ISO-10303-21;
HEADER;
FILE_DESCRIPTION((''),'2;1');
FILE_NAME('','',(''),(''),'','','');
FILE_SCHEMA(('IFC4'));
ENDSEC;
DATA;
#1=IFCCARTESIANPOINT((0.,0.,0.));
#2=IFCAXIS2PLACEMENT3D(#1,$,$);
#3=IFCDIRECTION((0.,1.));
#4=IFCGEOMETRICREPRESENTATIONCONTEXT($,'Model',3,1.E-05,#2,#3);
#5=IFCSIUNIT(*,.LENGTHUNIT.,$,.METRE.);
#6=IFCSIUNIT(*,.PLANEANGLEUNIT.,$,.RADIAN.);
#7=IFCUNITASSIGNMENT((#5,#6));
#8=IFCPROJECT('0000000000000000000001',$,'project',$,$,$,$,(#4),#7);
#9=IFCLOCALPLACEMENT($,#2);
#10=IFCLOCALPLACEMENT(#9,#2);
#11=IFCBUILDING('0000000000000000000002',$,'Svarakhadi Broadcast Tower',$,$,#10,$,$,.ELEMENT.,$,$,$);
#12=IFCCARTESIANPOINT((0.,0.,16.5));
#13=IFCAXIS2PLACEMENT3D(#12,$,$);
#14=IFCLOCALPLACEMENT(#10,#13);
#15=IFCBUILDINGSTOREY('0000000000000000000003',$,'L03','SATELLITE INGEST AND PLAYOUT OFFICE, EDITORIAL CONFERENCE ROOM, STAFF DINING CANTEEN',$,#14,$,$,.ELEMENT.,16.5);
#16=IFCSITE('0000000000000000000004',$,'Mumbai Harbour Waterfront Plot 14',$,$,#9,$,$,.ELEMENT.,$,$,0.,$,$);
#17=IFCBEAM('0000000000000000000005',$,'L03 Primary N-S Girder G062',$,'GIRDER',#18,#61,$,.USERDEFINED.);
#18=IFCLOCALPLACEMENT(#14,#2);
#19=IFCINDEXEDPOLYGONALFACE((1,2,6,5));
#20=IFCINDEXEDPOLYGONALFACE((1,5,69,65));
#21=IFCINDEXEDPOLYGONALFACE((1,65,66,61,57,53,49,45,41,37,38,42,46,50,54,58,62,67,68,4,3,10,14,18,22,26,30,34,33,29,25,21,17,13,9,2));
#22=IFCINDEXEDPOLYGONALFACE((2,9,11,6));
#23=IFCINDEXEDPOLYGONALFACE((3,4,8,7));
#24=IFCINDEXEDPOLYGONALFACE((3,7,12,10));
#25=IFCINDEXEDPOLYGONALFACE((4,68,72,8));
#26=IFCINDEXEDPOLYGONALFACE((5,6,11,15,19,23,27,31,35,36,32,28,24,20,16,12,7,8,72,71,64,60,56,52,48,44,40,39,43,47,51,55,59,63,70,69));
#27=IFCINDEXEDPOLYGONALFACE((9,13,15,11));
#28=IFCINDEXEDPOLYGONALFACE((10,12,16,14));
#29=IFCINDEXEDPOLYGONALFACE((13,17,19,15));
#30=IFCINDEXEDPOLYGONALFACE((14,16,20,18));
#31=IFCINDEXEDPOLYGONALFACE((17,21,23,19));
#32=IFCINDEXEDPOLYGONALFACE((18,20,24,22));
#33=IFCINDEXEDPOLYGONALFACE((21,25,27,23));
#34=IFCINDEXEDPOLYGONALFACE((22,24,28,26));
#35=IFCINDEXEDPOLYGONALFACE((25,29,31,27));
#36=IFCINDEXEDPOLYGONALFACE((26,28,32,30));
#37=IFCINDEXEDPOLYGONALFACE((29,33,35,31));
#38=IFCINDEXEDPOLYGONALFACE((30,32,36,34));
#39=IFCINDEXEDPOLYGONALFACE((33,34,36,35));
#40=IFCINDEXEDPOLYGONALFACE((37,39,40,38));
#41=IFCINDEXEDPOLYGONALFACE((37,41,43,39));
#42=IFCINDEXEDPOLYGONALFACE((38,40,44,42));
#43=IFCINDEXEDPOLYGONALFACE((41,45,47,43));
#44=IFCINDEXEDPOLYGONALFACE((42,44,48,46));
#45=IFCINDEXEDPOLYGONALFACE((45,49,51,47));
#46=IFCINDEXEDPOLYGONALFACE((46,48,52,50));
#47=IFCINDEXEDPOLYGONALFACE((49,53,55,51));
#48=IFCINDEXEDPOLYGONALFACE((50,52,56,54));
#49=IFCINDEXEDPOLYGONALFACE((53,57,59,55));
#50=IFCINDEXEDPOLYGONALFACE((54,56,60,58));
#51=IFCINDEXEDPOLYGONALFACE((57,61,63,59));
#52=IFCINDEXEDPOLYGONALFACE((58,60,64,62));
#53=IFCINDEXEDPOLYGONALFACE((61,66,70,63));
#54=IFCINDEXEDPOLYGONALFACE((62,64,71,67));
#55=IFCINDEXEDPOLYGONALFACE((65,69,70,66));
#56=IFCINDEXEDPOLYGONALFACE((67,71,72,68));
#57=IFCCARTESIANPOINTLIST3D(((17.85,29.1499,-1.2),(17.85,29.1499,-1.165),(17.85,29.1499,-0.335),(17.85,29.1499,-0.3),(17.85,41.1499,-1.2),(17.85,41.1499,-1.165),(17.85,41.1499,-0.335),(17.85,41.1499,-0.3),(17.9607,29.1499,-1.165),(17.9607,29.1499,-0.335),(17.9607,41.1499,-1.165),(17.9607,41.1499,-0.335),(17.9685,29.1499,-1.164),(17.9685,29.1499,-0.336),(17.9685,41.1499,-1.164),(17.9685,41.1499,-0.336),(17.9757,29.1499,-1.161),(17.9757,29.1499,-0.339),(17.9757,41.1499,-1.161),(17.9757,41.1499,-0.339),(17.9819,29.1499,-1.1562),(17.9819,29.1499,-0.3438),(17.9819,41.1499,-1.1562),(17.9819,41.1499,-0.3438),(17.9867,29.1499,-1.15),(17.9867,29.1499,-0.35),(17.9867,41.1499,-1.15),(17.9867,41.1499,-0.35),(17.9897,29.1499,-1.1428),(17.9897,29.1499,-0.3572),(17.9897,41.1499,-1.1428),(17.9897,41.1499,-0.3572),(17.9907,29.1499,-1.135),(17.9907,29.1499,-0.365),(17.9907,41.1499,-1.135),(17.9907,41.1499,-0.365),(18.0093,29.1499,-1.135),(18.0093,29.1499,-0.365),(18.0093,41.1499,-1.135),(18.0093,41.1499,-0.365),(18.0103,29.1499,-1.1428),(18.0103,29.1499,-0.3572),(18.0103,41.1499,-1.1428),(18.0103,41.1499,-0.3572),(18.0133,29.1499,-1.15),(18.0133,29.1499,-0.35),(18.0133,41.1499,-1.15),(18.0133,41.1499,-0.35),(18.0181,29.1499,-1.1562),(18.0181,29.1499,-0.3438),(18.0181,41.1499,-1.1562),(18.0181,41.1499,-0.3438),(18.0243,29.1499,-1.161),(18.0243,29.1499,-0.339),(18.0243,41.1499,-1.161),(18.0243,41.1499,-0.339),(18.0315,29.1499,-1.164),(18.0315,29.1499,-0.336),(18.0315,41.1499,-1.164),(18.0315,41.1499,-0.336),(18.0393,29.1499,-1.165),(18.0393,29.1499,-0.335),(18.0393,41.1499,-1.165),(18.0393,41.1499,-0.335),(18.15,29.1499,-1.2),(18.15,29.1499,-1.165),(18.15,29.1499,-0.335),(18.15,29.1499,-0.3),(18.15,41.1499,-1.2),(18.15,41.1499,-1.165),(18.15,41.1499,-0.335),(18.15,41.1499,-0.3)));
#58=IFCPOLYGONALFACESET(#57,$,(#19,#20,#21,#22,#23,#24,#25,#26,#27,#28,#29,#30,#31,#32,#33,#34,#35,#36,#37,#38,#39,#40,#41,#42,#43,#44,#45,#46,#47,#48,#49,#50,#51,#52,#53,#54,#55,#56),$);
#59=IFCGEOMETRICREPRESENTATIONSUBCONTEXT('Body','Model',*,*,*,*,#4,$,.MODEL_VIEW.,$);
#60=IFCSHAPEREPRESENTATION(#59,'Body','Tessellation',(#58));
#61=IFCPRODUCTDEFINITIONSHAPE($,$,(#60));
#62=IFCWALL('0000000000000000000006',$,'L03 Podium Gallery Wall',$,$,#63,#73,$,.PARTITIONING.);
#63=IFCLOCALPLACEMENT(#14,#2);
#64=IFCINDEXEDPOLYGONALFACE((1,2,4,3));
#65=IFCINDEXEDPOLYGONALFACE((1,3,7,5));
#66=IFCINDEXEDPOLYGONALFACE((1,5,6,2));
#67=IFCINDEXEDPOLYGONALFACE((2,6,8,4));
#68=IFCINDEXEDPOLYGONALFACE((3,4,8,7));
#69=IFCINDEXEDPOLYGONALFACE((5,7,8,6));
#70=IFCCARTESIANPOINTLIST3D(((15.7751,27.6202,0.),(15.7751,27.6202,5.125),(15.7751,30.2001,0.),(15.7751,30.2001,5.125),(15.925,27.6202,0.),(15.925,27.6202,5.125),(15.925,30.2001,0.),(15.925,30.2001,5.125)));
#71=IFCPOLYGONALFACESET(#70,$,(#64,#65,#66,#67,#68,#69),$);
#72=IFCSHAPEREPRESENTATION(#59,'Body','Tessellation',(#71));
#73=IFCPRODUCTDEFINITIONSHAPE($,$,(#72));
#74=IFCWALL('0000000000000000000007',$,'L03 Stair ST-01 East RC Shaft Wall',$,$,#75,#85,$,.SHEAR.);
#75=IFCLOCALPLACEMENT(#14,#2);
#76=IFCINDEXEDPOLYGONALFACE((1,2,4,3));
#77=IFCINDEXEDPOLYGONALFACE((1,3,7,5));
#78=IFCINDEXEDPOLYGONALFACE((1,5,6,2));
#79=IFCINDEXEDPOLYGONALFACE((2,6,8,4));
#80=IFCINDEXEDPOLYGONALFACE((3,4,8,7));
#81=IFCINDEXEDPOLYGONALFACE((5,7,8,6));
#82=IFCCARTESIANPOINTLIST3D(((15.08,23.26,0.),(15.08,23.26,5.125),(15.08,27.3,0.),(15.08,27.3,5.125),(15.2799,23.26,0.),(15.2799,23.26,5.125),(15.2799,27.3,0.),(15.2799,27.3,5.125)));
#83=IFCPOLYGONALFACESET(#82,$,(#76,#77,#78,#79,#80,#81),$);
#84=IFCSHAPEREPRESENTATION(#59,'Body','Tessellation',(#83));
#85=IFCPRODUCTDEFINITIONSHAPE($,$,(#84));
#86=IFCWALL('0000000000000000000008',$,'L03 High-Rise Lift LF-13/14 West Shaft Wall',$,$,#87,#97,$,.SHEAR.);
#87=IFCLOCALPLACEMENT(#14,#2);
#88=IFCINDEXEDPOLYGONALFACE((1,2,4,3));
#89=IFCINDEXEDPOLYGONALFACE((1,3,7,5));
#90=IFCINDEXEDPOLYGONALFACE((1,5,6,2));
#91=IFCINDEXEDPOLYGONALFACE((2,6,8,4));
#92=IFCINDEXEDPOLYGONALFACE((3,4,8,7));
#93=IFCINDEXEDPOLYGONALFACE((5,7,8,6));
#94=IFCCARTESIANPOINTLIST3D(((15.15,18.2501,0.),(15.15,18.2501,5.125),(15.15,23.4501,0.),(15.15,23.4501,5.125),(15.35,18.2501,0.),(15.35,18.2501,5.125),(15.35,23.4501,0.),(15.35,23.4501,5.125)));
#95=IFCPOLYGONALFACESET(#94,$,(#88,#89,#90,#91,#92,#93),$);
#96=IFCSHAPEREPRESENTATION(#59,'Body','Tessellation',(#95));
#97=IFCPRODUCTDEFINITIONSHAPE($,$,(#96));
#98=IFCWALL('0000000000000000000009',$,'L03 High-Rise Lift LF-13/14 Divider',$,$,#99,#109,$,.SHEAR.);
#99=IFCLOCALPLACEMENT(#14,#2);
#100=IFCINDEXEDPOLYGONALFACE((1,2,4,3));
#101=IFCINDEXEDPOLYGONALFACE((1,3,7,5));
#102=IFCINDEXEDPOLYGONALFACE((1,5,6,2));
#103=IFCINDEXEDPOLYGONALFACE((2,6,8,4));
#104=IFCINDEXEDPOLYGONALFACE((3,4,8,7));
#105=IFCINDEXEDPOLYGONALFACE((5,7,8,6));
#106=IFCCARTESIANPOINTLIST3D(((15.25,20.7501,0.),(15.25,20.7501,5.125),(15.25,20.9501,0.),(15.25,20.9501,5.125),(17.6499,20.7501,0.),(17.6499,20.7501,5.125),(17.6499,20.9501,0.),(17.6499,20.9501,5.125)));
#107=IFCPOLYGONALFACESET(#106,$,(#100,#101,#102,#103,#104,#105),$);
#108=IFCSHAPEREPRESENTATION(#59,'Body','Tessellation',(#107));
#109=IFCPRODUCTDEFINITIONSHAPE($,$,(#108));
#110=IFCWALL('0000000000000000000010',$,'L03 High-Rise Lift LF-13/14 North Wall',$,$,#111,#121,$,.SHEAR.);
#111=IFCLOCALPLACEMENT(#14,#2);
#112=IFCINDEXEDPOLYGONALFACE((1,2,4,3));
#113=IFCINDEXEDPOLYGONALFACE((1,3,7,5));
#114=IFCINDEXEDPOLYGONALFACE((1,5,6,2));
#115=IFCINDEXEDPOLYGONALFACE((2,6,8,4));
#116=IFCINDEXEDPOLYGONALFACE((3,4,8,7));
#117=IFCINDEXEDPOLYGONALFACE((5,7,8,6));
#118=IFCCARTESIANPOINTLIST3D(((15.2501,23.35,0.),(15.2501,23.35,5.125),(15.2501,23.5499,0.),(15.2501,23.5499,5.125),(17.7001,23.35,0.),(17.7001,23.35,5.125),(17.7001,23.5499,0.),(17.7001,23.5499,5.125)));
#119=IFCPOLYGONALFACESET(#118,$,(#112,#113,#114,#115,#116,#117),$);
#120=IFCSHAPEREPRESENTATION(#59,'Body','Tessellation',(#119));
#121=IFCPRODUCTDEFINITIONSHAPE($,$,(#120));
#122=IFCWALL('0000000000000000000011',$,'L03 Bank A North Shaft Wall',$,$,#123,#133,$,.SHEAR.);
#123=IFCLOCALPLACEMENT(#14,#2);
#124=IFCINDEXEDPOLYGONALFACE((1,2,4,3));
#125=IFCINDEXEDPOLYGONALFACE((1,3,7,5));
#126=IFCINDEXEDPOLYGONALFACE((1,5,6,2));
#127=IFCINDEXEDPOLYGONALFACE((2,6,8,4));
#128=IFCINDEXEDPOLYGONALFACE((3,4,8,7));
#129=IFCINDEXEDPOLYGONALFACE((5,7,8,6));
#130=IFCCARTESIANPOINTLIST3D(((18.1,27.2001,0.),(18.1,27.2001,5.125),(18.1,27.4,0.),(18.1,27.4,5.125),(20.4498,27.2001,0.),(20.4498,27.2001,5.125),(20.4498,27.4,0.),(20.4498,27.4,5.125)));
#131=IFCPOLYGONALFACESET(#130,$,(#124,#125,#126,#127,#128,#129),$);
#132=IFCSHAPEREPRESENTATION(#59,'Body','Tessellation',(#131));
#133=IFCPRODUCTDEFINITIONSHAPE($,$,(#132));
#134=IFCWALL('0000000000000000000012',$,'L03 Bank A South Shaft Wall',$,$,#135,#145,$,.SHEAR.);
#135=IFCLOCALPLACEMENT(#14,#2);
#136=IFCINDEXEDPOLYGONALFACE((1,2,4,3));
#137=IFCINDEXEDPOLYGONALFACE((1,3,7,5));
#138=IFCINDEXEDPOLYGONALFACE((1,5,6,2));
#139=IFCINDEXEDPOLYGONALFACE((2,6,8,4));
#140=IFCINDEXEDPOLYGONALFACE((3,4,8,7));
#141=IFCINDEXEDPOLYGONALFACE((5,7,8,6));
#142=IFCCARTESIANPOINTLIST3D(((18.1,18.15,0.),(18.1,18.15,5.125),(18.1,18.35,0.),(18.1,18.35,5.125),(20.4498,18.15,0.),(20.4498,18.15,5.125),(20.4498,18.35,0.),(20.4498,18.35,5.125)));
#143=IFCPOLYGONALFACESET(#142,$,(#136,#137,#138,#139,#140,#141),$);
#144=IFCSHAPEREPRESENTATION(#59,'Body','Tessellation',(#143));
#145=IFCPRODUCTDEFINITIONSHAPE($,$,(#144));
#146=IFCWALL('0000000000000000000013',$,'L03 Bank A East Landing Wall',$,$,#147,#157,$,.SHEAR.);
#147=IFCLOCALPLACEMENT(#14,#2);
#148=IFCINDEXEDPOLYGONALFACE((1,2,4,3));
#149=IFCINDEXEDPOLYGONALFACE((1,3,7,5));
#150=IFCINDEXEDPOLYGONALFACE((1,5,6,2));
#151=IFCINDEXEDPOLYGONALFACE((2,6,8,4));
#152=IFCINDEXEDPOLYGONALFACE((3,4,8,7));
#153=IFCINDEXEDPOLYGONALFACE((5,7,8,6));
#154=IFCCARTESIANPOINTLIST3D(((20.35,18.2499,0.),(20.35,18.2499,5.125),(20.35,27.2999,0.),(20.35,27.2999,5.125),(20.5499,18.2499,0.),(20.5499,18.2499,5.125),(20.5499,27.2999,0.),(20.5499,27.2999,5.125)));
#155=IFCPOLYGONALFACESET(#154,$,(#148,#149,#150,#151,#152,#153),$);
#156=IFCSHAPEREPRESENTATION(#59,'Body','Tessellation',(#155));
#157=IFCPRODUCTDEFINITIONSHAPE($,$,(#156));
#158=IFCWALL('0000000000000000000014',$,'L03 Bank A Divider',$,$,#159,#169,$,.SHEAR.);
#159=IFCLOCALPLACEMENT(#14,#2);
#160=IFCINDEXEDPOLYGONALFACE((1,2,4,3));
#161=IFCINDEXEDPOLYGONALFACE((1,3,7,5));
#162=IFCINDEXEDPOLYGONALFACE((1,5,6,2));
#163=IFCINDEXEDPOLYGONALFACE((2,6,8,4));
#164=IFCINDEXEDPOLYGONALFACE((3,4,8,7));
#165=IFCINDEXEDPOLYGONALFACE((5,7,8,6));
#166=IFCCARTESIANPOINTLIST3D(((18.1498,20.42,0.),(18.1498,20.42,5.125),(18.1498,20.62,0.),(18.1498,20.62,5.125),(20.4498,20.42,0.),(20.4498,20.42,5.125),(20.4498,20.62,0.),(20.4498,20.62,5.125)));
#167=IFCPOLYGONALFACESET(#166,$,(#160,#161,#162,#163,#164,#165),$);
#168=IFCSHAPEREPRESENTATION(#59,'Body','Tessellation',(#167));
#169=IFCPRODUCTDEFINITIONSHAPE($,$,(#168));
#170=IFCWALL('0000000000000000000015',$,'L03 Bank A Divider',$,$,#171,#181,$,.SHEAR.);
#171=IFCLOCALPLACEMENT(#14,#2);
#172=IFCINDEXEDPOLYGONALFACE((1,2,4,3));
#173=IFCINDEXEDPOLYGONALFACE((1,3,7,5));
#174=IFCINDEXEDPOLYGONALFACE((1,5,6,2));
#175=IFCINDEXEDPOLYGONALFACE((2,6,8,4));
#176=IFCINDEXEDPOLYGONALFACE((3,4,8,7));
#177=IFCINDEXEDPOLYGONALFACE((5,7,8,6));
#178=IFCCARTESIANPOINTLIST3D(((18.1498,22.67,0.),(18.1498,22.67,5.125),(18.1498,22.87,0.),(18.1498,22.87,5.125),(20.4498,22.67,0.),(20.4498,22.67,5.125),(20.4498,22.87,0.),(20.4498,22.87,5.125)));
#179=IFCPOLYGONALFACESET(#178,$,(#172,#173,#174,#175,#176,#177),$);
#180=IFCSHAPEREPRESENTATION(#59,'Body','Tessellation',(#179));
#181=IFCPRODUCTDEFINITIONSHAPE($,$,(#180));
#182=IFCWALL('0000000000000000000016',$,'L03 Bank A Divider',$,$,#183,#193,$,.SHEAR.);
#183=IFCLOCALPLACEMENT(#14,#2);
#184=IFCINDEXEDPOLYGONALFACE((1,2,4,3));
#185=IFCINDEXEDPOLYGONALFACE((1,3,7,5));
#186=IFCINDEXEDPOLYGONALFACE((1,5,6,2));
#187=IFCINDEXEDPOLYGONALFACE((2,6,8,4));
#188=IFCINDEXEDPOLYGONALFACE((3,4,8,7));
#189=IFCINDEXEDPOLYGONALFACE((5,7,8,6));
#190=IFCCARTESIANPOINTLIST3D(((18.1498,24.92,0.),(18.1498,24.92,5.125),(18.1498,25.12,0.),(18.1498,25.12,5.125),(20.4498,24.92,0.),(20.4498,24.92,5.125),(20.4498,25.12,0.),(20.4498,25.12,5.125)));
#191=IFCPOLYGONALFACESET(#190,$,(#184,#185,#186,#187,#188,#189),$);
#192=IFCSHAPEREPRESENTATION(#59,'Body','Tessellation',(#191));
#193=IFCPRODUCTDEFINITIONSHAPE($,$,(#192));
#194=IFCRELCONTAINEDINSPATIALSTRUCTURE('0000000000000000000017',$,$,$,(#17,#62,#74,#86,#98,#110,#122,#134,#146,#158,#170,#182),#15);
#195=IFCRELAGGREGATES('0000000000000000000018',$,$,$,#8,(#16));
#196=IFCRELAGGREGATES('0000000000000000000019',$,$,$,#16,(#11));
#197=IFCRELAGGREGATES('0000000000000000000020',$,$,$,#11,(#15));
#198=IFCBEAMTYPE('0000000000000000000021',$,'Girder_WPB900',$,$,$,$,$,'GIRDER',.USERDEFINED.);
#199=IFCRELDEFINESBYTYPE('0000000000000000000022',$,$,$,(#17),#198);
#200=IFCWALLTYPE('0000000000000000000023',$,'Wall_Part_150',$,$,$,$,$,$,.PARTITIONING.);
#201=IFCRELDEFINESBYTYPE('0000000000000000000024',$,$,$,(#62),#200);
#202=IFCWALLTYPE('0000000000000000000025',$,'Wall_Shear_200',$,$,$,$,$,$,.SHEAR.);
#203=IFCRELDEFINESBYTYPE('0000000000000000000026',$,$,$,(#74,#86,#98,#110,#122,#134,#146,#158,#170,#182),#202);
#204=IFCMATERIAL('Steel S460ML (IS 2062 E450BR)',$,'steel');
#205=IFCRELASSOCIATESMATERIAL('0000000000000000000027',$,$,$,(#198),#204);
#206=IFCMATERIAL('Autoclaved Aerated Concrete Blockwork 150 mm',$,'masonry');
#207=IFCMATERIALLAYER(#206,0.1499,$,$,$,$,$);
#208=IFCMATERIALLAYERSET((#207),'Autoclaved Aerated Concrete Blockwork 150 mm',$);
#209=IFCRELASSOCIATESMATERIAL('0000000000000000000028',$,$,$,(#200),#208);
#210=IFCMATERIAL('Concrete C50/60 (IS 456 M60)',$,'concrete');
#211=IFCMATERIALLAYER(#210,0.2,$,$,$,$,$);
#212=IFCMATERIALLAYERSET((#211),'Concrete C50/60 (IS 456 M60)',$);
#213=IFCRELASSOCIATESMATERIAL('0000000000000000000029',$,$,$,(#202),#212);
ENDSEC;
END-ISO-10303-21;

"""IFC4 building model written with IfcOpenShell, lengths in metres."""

from ifc_helpers import new_model, si_unit, direction, frame, frame_2d, origin, origin_2d, place, context, subcontext, project, spatial, rectangle, i_section, extrude, material, layer, layer_set, material_profile, profile_set, type_object, element, save


model = new_model("IFC4")

# Units and contexts
model_context = context("Model", 3, precision=1e-05, world=origin(), true_north=direction((0.0, 1.0)))
body_context = subcontext(model_context, "Body", "Model", "MODEL_VIEW")
ifc_project = project(units=[si_unit("LENGTHUNIT", "METRE"), si_unit("PLANEANGLEUNIT", "RADIAN")], contexts=[model_context])

# Site, building, storey
site_placement = place(None, origin())
site = spatial("IfcSite", under=ifc_project, at=site_placement, Name="Mumbai Harbour Waterfront Plot 14", CompositionType="ELEMENT", RefElevation=0.0)
building_placement = place(site_placement, origin())
building = spatial("IfcBuilding", under=site, at=building_placement, Name="Svarakhadi Broadcast Tower", CompositionType="ELEMENT")
storey_placement = place(building_placement, frame((0.0, 0.0, 16.5)))
storey = spatial("IfcBuildingStorey", under=building, at=storey_placement, Name="L03", Description="SATELLITE INGEST AND PLAYOUT OFFICE, EDITORIAL CONFERENCE ROOM, STAFF DINING CANTEEN", CompositionType="ELEMENT", Elevation=16.5)

# Shared definitions
ifc_material_1 = material(Name="Steel S460ML (IS 2062 E450BR)", Category="steel")

# Beam
ifc_material_profile_1 = material_profile(ifc_material_1, i_section(OverallWidth=0.3, OverallDepth=0.8999, WebThickness=0.0186, FlangeThickness=0.0349, FilletRadius=0.03, at=origin_2d()), Name="WPB 900x300x291")
ifc_profile_set_1 = profile_set([ifc_material_profile_1], Name="Steel S460ML (IS 2062 E450BR)")
beam_type_1 = type_object("IfcBeamType", Name="Girder_WPB900", ElementType="GIRDER", PredefinedType="USERDEFINED", material=ifc_profile_set_1)
beam_1_placement = place(storey_placement, frame((18.0, 29.1499, -0.75), z_axis=(0.0, 1.0, 0.0), x_axis=(-1.0, 0.0, 0.0)))
element("IfcBeam", 1, at=beam_1_placement, inside=storey, type_object=beam_type_1, Name="L03 Primary N-S Girder G062", ObjectType="GIRDER", PredefinedType="USERDEFINED", context=body_context, shape_type="SweptSolid", body=[
    extrude(i_section(OverallWidth=0.3, OverallDepth=0.8999, WebThickness=0.0186, FlangeThickness=0.0349, FilletRadius=0.03, at=origin_2d()), origin(), (0.0, 0.0, 1.0), 12.0),
])

# Shared definitions
ifc_material_2 = material(Name="Autoclaved Aerated Concrete Blockwork 150 mm", Category="masonry")
ifc_layer_1 = layer(ifc_material_2, 0.1499)
ifc_layer_set_1 = layer_set([ifc_layer_1], Name="Autoclaved Aerated Concrete Blockwork 150 mm")
wall_type_1 = type_object("IfcWallType", Name="Wall_Part_150", PredefinedType="PARTITIONING", material=ifc_layer_set_1)

# Walls
wall_1_placement = place(storey_placement, frame((15.8501, 27.6201, 0.0), z_axis=(0.0, 0.0, 1.0), x_axis=(0.0, 1.0, 0.0)))
element("IfcWall", 2, at=wall_1_placement, inside=storey, type_object=wall_type_1, Name="L03 Podium Gallery Wall", PredefinedType="PARTITIONING", context=body_context, shape_type="SweptSolid", body=[
    extrude(rectangle(XDim=2.5798, YDim=0.1499, at=frame_2d((1.29, 0.0))), origin(), (0.0, 0.0, 1.0), 5.125),
])
ifc_material_3 = material(Name="Concrete C50/60 (IS 456 M60)", Category="concrete")
ifc_layer_2 = layer(ifc_material_3, 0.2)
ifc_layer_set_2 = layer_set([ifc_layer_2], Name="Concrete C50/60 (IS 456 M60)")
wall_type_2 = type_object("IfcWallType", Name="Wall_Shear_200", PredefinedType="SHEAR", material=ifc_layer_set_2)
wall_2_placement = place(storey_placement, frame((15.1799, 23.26, 0.0), z_axis=(0.0, 0.0, 1.0), x_axis=(0.0, 1.0, 0.0)))
element("IfcWall", 3, at=wall_2_placement, inside=storey, type_object=wall_type_2, Name="L03 Stair ST-01 East RC Shaft Wall", PredefinedType="SHEAR", context=body_context, shape_type="SweptSolid", body=[
    extrude(rectangle(XDim=4.04, YDim=0.2, at=frame_2d((2.02, 0.0))), origin(), (0.0, 0.0, 1.0), 5.125),
])
wall_3_placement = place(storey_placement, frame((15.25, 18.25, 0.0), z_axis=(0.0, 0.0, 1.0), x_axis=(0.0, 1.0, 0.0)))
element("IfcWall", 4, at=wall_3_placement, inside=storey, type_object=wall_type_2, Name="L03 High-Rise Lift LF-13/14 West Shaft Wall", PredefinedType="SHEAR", context=body_context, shape_type="SweptSolid", body=[
    extrude(rectangle(XDim=5.2, YDim=0.2, at=frame_2d((2.6001, 0.0))), origin(), (0.0, 0.0, 1.0), 5.125),
])
wall_4_placement = place(storey_placement, frame((15.25, 20.8501, 0.0), z_axis=(0.0, 0.0, 1.0), x_axis=(1.0, 0.0, 0.0)))
element("IfcWall", 5, at=wall_4_placement, inside=storey, type_object=wall_type_2, Name="L03 High-Rise Lift LF-13/14 Divider", PredefinedType="SHEAR", context=body_context, shape_type="SweptSolid", body=[
    extrude(rectangle(XDim=2.3999, YDim=0.2, at=frame_2d((1.2, 0.0))), origin(), (0.0, 0.0, 1.0), 5.125),
])
wall_5_placement = place(storey_placement, frame((15.25, 23.45, 0.0), z_axis=(0.0, 0.0, 1.0), x_axis=(1.0, 0.0, 0.0)))
element("IfcWall", 6, at=wall_5_placement, inside=storey, type_object=wall_type_2, Name="L03 High-Rise Lift LF-13/14 North Wall", PredefinedType="SHEAR", context=body_context, shape_type="SweptSolid", body=[
    extrude(rectangle(XDim=2.45, YDim=0.2, at=frame_2d((1.2251, 0.0))), origin(), (0.0, 0.0, 1.0), 5.125),
])
for number, where, z_axis, x_axis, name in (
    (7, (18.1001, 27.3, 0.0), (0.0, 0.0, 1.0), (1.0, 0.0, 0.0), "L03 Bank A North Shaft Wall"),
    (8, (18.1001, 18.25, 0.0), (0.0, 0.0, 1.0), (1.0, 0.0, 0.0), "L03 Bank A South Shaft Wall"),
):
    element("IfcWall", number, at=place(storey_placement, frame(where, z_axis=z_axis, x_axis=x_axis)), inside=storey, type_object=wall_type_2, Name=name, PredefinedType="SHEAR", context=body_context, shape_type="SweptSolid", body=[
        extrude(rectangle(XDim=2.3499, YDim=0.2, at=frame_2d((1.1748, 0.0))), origin(), (0.0, 0.0, 1.0), 5.125),
    ])
wall_6_placement = place(storey_placement, frame((20.45, 18.25, 0.0), z_axis=(0.0, 0.0, 1.0), x_axis=(0.0, 1.0, 0.0)))
element("IfcWall", 9, at=wall_6_placement, inside=storey, type_object=wall_type_2, Name="L03 Bank A East Landing Wall", PredefinedType="SHEAR", context=body_context, shape_type="SweptSolid", body=[
    extrude(rectangle(XDim=9.05, YDim=0.2, at=frame_2d((4.5249, 0.0))), origin(), (0.0, 0.0, 1.0), 5.125),
])
for number, where, z_axis, x_axis, name in (
    (10, (18.1499, 20.52, 0.0), (0.0, 0.0, 1.0), (1.0, 0.0, 0.0), "L03 Bank A Divider"),
    (11, (18.1499, 22.77, 0.0), (0.0, 0.0, 1.0), (1.0, 0.0, 0.0), "L03 Bank A Divider"),
    (12, (18.1499, 25.02, 0.0), (0.0, 0.0, 1.0), (1.0, 0.0, 0.0), "L03 Bank A Divider"),
):
    element("IfcWall", number, at=place(storey_placement, frame(where, z_axis=z_axis, x_axis=x_axis)), inside=storey, type_object=wall_type_2, Name=name, PredefinedType="SHEAR", context=body_context, shape_type="SweptSolid", body=[
        extrude(rectangle(XDim=2.3, YDim=0.2, at=frame_2d((1.1499, 0.0))), origin(), (0.0, 0.0, 1.0), 5.125),
    ])

save(model, "model.ifc")
